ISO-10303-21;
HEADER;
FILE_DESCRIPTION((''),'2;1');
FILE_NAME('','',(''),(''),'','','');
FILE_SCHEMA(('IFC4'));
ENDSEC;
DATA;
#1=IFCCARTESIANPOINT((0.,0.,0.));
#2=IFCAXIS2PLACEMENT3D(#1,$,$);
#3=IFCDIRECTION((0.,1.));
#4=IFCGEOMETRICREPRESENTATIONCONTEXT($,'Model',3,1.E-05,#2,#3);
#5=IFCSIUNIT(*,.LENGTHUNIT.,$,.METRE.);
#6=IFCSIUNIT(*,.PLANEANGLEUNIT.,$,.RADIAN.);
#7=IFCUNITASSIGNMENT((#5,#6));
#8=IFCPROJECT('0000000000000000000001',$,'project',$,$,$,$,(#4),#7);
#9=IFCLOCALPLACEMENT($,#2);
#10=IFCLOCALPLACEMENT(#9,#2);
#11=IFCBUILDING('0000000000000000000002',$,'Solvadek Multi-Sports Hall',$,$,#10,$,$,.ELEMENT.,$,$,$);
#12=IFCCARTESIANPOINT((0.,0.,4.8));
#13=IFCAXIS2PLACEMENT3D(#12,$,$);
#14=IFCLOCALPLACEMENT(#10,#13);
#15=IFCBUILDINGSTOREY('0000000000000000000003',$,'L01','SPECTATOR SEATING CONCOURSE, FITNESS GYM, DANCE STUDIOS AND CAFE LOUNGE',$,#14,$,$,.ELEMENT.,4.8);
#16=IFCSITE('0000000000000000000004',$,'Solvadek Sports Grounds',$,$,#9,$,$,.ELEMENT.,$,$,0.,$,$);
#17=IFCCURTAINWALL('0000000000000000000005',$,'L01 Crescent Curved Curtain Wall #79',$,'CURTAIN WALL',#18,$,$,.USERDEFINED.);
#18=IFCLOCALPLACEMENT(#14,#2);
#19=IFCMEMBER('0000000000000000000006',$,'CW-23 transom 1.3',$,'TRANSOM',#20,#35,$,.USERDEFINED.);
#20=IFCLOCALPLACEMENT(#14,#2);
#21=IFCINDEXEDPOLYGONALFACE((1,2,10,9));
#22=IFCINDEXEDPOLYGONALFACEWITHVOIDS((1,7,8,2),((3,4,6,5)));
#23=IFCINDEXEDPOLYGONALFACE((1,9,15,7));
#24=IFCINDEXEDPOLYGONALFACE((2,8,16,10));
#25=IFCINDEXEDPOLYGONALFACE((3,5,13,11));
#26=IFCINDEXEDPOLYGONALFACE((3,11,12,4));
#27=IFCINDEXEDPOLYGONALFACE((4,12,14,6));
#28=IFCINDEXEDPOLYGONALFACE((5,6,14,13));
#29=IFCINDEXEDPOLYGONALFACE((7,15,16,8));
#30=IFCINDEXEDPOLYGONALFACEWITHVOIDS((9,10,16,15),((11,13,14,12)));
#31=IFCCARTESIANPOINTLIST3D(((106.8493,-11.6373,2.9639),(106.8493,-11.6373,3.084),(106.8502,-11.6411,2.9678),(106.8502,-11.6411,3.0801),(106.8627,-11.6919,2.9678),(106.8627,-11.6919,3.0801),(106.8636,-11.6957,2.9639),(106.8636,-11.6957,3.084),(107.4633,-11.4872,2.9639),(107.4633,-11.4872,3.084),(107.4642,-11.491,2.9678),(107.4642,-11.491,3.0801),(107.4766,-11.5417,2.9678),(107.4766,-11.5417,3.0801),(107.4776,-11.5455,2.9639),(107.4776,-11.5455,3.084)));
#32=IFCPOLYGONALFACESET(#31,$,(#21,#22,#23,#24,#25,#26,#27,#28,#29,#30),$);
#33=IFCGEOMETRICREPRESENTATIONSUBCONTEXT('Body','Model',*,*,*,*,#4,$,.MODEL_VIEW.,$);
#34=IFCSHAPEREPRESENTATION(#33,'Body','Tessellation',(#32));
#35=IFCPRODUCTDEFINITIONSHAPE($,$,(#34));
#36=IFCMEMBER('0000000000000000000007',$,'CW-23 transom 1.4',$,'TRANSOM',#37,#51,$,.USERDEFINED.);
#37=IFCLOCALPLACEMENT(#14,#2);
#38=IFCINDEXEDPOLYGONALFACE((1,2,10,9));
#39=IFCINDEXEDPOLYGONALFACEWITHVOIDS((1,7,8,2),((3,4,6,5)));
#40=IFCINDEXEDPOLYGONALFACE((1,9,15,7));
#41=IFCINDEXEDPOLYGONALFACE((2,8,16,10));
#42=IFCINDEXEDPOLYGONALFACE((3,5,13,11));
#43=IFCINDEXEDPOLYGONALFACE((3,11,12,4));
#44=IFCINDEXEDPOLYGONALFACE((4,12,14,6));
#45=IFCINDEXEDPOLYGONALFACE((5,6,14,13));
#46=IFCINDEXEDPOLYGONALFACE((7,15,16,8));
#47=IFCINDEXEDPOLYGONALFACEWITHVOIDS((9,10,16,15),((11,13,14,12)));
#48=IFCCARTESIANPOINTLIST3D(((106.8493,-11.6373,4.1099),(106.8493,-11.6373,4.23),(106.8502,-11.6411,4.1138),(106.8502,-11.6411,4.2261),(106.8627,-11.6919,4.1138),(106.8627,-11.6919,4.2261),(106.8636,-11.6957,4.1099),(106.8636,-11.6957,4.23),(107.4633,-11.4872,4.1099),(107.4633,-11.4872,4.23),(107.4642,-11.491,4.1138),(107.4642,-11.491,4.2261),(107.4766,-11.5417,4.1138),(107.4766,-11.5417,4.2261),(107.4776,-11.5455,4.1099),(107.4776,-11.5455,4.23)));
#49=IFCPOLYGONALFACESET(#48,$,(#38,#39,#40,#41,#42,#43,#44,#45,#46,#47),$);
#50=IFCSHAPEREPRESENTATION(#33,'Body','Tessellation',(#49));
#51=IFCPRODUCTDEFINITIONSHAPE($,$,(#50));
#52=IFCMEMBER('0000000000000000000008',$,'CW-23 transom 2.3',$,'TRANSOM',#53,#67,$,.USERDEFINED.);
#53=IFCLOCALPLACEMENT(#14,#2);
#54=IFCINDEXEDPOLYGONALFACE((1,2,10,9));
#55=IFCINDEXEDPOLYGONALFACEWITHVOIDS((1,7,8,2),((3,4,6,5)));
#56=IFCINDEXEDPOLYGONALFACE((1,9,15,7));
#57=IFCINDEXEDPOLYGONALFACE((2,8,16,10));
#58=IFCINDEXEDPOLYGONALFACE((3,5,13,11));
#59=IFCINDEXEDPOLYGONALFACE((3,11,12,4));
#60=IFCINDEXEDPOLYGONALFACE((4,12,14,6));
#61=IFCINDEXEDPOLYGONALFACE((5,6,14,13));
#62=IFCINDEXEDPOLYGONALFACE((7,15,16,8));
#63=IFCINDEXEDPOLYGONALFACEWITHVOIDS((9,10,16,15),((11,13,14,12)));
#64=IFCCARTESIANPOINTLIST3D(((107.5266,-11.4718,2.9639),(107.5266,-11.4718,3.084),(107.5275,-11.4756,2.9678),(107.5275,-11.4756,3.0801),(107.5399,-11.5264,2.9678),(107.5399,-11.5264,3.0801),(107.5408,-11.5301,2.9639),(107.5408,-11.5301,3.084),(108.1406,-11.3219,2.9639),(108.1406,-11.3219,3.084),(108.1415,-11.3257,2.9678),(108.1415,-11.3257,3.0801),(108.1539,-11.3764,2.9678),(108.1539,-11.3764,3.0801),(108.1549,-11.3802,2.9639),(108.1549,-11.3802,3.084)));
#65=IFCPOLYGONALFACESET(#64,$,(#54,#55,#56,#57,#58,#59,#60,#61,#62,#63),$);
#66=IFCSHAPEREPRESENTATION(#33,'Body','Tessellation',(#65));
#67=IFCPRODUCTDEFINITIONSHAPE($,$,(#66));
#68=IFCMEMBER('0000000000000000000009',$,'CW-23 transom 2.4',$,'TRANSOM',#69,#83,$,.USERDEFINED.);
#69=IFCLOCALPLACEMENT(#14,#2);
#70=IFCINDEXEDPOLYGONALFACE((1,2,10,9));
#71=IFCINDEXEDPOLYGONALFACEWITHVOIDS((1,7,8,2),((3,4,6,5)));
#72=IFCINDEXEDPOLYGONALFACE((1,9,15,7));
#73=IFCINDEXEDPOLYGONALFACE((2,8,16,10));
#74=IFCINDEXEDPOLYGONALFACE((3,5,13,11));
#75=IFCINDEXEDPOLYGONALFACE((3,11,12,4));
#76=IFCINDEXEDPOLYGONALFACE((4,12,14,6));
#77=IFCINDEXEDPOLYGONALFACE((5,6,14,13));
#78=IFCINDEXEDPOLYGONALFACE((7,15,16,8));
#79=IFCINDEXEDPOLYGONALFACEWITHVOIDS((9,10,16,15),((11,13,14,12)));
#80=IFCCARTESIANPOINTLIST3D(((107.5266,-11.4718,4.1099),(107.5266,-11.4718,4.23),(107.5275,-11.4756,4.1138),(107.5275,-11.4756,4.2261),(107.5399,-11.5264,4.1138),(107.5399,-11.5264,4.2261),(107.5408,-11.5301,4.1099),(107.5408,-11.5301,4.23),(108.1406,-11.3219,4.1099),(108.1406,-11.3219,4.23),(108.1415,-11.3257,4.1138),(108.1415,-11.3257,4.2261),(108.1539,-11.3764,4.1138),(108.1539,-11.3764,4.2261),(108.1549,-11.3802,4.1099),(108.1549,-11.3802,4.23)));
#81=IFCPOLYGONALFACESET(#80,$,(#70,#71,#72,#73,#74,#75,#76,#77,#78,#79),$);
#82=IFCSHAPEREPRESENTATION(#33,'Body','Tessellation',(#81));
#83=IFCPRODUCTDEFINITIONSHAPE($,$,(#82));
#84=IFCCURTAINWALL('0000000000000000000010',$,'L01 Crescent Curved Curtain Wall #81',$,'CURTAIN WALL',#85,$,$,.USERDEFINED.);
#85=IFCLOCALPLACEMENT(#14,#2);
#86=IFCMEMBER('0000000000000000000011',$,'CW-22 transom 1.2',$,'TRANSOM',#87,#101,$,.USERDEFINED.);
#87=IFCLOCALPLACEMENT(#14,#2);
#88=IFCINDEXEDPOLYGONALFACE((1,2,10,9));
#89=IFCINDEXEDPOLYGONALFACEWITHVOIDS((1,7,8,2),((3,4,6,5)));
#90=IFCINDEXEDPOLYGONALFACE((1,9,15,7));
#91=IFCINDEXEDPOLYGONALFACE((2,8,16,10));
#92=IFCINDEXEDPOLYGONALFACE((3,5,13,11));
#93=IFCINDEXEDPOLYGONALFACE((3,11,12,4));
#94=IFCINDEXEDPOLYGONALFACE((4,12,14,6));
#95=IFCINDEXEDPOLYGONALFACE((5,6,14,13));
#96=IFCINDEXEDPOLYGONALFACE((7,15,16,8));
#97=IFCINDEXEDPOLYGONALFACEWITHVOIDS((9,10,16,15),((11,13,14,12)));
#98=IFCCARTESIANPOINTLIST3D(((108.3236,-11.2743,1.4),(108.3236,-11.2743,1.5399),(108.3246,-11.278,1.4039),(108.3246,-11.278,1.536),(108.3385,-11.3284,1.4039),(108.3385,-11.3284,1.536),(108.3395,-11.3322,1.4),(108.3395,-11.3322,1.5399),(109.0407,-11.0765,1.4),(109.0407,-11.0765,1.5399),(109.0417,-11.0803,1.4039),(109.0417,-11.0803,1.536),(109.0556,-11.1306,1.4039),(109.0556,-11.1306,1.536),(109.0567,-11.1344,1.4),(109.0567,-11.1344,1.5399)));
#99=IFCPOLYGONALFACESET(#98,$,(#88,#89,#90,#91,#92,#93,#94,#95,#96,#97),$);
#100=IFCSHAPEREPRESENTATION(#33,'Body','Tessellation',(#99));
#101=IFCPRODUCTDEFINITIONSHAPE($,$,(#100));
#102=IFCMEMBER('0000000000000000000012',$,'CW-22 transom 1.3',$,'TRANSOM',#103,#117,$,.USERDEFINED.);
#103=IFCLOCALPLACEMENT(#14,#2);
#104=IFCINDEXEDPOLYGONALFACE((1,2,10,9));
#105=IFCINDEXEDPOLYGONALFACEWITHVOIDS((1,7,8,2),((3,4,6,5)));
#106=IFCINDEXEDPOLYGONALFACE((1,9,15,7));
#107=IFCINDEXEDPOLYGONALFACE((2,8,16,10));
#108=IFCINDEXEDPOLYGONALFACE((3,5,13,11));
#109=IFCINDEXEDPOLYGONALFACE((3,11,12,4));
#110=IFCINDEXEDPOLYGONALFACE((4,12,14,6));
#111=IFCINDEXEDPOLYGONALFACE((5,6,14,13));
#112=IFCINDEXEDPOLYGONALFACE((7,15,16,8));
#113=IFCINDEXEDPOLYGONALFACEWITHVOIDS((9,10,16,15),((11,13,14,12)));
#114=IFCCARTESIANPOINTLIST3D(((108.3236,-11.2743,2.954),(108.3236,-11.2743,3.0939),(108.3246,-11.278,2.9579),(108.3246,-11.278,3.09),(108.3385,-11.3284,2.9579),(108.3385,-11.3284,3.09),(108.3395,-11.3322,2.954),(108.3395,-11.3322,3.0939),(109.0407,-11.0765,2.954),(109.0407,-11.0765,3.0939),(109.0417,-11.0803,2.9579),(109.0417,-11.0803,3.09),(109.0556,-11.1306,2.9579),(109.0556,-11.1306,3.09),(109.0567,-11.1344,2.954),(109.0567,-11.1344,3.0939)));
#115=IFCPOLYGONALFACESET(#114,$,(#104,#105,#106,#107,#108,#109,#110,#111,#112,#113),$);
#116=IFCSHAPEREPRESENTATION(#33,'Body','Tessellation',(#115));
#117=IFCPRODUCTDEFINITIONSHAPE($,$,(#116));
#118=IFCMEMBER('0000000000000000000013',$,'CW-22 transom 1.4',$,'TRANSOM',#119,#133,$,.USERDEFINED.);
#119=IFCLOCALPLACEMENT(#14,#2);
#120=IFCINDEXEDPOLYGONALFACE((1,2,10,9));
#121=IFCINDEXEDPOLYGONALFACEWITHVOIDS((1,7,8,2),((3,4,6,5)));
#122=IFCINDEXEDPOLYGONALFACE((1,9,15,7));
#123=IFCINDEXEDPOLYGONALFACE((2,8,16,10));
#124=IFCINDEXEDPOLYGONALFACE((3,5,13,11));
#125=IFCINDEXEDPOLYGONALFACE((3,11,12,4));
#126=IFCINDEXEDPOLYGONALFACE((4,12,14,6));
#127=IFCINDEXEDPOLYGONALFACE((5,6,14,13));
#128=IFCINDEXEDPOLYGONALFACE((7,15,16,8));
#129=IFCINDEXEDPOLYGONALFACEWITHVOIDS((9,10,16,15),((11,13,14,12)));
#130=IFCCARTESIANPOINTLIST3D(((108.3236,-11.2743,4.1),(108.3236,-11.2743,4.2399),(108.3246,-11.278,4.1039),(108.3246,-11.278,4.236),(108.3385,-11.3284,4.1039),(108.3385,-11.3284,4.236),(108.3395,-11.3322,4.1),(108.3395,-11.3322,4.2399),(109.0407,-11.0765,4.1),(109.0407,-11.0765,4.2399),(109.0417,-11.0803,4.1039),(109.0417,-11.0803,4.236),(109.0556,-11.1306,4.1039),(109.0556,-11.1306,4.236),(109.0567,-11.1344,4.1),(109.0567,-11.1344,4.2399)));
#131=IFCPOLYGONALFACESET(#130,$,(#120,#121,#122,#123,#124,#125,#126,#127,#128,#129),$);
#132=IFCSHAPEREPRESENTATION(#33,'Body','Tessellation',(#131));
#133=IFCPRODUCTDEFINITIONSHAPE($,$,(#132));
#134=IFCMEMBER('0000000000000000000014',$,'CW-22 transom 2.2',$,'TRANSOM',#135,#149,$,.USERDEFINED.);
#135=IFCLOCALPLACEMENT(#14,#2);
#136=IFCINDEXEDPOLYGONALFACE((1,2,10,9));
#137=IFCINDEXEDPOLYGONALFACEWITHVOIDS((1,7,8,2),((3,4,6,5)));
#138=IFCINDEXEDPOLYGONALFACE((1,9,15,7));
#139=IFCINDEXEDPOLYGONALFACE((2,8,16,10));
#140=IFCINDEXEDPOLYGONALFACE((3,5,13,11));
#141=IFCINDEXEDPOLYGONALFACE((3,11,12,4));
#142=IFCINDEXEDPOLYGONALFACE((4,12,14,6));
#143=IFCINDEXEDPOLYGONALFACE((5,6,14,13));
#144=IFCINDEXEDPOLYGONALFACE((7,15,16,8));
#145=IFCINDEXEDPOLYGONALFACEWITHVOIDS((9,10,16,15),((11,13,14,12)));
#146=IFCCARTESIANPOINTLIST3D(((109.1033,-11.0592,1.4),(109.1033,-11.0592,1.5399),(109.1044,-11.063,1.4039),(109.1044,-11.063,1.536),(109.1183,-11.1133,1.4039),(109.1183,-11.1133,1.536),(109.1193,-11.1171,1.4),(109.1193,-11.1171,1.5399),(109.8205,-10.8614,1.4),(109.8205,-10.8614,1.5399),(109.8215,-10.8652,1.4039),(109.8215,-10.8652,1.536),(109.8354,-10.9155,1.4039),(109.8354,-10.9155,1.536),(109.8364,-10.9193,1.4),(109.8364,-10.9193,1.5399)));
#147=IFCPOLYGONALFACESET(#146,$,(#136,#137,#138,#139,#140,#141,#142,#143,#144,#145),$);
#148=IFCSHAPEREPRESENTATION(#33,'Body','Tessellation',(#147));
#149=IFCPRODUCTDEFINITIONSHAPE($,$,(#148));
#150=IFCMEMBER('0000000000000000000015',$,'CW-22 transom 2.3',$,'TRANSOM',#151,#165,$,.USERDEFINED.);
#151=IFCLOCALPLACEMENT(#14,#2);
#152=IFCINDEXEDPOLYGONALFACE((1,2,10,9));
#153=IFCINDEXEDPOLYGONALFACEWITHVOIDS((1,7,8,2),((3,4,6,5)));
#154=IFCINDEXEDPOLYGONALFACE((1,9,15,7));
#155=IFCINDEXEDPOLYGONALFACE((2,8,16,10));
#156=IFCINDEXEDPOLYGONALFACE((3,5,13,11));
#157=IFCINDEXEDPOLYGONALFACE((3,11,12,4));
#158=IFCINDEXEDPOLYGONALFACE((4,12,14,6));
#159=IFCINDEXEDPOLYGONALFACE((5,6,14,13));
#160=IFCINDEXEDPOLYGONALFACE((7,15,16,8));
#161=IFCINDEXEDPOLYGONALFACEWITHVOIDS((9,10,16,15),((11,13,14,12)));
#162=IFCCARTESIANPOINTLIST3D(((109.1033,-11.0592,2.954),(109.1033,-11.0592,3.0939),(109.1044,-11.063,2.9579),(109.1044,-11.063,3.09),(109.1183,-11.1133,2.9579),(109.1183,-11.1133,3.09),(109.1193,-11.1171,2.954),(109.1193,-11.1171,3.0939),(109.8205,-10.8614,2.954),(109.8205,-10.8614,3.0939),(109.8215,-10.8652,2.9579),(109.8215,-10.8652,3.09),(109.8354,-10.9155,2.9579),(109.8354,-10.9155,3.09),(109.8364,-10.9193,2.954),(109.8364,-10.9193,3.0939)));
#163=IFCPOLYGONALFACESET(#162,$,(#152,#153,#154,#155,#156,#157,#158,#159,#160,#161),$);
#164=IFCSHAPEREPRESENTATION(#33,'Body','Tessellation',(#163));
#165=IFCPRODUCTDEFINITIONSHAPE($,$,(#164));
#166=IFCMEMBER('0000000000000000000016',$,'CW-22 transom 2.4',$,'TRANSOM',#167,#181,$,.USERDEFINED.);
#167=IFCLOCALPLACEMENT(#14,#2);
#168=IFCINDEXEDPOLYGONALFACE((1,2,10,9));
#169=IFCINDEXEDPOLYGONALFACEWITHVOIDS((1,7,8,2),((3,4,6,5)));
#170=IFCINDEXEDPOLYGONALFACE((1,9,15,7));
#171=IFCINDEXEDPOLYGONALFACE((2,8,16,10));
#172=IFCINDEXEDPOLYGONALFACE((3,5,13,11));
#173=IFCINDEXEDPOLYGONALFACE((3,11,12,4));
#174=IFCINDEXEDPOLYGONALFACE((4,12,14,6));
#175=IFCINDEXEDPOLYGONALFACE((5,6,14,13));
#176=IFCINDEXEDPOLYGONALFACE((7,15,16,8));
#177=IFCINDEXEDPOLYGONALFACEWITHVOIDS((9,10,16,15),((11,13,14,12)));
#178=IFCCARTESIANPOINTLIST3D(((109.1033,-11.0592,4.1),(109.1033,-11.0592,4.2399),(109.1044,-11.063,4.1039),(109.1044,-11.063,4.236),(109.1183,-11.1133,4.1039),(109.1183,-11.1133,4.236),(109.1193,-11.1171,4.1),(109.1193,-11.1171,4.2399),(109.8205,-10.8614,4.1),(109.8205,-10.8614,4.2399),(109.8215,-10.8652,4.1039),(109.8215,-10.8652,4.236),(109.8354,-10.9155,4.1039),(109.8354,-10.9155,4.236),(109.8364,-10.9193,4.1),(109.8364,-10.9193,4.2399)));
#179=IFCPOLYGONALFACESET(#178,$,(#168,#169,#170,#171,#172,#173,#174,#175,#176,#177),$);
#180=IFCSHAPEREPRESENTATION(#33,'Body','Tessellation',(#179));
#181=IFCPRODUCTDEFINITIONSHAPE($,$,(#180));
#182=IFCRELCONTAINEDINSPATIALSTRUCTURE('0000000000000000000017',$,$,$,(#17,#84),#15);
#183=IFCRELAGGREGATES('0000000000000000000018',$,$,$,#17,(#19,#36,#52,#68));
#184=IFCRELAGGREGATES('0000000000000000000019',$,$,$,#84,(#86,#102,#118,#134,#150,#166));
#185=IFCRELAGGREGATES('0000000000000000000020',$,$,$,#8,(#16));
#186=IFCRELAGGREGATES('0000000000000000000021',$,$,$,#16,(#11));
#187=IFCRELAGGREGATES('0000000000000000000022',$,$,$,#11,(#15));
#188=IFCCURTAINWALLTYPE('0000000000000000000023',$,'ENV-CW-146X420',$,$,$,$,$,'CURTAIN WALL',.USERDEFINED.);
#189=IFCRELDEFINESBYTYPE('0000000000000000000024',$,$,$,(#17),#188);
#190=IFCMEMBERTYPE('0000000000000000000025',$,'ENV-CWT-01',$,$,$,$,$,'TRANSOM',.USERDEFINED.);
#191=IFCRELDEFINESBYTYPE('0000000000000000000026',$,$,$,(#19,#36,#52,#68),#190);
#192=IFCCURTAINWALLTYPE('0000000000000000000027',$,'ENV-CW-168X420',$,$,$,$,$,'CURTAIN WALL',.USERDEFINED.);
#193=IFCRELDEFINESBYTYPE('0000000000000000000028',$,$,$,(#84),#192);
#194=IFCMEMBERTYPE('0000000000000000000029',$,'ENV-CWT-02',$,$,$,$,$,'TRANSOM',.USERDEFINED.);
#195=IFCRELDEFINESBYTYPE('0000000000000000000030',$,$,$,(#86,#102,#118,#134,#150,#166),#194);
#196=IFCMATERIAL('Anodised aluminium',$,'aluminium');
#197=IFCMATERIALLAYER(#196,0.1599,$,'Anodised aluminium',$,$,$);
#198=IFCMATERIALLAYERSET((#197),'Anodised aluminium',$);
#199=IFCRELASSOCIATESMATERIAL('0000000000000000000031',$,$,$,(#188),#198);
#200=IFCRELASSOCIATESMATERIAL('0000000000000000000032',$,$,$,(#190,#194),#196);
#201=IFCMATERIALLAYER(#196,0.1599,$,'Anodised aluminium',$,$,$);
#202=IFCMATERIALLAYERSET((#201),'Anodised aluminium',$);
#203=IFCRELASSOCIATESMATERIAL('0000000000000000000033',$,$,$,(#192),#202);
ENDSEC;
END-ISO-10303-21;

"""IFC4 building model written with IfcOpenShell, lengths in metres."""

from ifc_helpers import new_model, si_unit, direction, frame, origin, origin_2d, place, context, subcontext, project, spatial, hollow_rectangle, extrude, material, layer, layer_set, material_profile, profile_set, type_object, element, aggregate, save


model = new_model("IFC4")

# Units and contexts
model_context = context("Model", 3, precision=1e-05, world=origin(), true_north=direction((0.0, 1.0)))
body_context = subcontext(model_context, "Body", "Model", "MODEL_VIEW")
ifc_project = project(units=[si_unit("LENGTHUNIT", "METRE"), si_unit("PLANEANGLEUNIT", "RADIAN")], contexts=[model_context])

# Site, building, storey
site_placement = place(None, origin())
site = spatial("IfcSite", under=ifc_project, at=site_placement, Name="Solvadek Sports Grounds", CompositionType="ELEMENT", RefElevation=0.0)
building_placement = place(site_placement, origin())
building = spatial("IfcBuilding", under=site, at=building_placement, Name="Solvadek Multi-Sports Hall", CompositionType="ELEMENT")
storey_placement = place(building_placement, frame((0.0, 0.0, 4.8)))
storey = spatial("IfcBuildingStorey", under=building, at=storey_placement, Name="L01", Description="SPECTATOR SEATING CONCOURSE, FITNESS GYM, DANCE STUDIOS AND CAFE LOUNGE", CompositionType="ELEMENT", Elevation=4.8)

# Curtain walls, members
ifc_material_1 = material(Name="Anodised aluminium", Category="aluminium")
ifc_layer_1 = layer(ifc_material_1, 0.1599, Name="Anodised aluminium")
ifc_layer_set_1 = layer_set([ifc_layer_1], Name="Anodised aluminium")
curtain_wall_type_1 = type_object("IfcCurtainWallType", Name="ENV-CW-146X420", ElementType="CURTAIN WALL", PredefinedType="USERDEFINED", material=ifc_layer_set_1)
curtain_wall_1_placement = place(storey_placement, origin())
curtain_wall_1 = element("IfcCurtainWall", 1, at=curtain_wall_1_placement, inside=storey, type_object=curtain_wall_type_1, Name="L01 Crescent Curved Curtain Wall #79", ObjectType="CURTAIN WALL", PredefinedType="USERDEFINED")
ifc_material_profile_1 = material_profile(ifc_material_1, hollow_rectangle(XDim=0.0601, YDim=0.1201, WallThickness=0.0039, at=origin_2d()), Name="ALU-T 120x60x4")
ifc_profile_set_1 = profile_set([ifc_material_profile_1], Name="Anodised aluminium")
member_type_1 = type_object("IfcMemberType", Name="ENV-CWT-01", ElementType="TRANSOM", PredefinedType="USERDEFINED", material=ifc_profile_set_1)
member_1_placement = place(storey_placement, frame((106.8564, -11.6665, 3.0239), z_axis=(0.971379, 0.237534, 0.0), x_axis=(-0.237534, 0.971379, 0.0)))
member_1 = element("IfcMember", 2, at=member_1_placement, type_object=member_type_1, Name="CW-23 transom 1.3", ObjectType="TRANSOM", PredefinedType="USERDEFINED", context=body_context, shape_type="SweptSolid", body=[
    extrude(hollow_rectangle(XDim=0.0601, YDim=0.1201, WallThickness=0.0039, at=origin_2d()), origin(), (0.0, 0.0, 1.0), 0.6321),
])
member_2_placement = place(storey_placement, frame((106.8564, -11.6665, 4.1699), z_axis=(0.971379, 0.237534, 0.0), x_axis=(-0.237534, 0.971379, 0.0)))
member_2 = element("IfcMember", 3, at=member_2_placement, type_object=member_type_1, Name="CW-23 transom 1.4", ObjectType="TRANSOM", PredefinedType="USERDEFINED", context=body_context, shape_type="SweptSolid", body=[
    extrude(hollow_rectangle(XDim=0.0601, YDim=0.1201, WallThickness=0.0039, at=origin_2d()), origin(), (0.0, 0.0, 1.0), 0.6321),
])
member_3_placement = place(storey_placement, frame((107.5337, -11.501, 3.0239), z_axis=(0.971468, 0.23717, 0.0), x_axis=(-0.23717, 0.971468, 0.0)))
member_3 = element("IfcMember", 4, at=member_3_placement, type_object=member_type_1, Name="CW-23 transom 2.3", ObjectType="TRANSOM", PredefinedType="USERDEFINED", context=body_context, shape_type="SweptSolid", body=[
    extrude(hollow_rectangle(XDim=0.0601, YDim=0.1201, WallThickness=0.0039, at=origin_2d()), origin(), (0.0, 0.0, 1.0), 0.6321),
])
member_4_placement = place(storey_placement, frame((107.5337, -11.501, 4.1699), z_axis=(0.971468, 0.23717, 0.0), x_axis=(-0.23717, 0.971468, 0.0)))
member_4 = element("IfcMember", 5, at=member_4_placement, type_object=member_type_1, Name="CW-23 transom 2.4", ObjectType="TRANSOM", PredefinedType="USERDEFINED", context=body_context, shape_type="SweptSolid", body=[
    extrude(hollow_rectangle(XDim=0.0601, YDim=0.1201, WallThickness=0.0039, at=origin_2d()), origin(), (0.0, 0.0, 1.0), 0.6321),
])
ifc_layer_2 = layer(ifc_material_1, 0.1599, Name="Anodised aluminium")
ifc_layer_set_2 = layer_set([ifc_layer_2], Name="Anodised aluminium")
curtain_wall_type_2 = type_object("IfcCurtainWallType", Name="ENV-CW-168X420", ElementType="CURTAIN WALL", PredefinedType="USERDEFINED", material=ifc_layer_set_2)
curtain_wall_2_placement = place(storey_placement, origin())
curtain_wall_2 = element("IfcCurtainWall", 6, at=curtain_wall_2_placement, inside=storey, type_object=curtain_wall_type_2, Name="L01 Crescent Curved Curtain Wall #81", ObjectType="CURTAIN WALL", PredefinedType="USERDEFINED")
ifc_material_profile_2 = material_profile(ifc_material_1, hollow_rectangle(XDim=0.0601, YDim=0.1399, WallThickness=0.0039, at=origin_2d()), Name="ALU-T 140x60x4")
ifc_profile_set_2 = profile_set([ifc_material_profile_2], Name="Anodised aluminium")
member_type_2 = type_object("IfcMemberType", Name="ENV-CWT-02", ElementType="TRANSOM", PredefinedType="USERDEFINED", material=ifc_profile_set_2)
member_5_placement = place(storey_placement, frame((108.3315, -11.3032, 1.47), z_axis=(0.96401, 0.265866, 0.0), x_axis=(-0.265866, 0.96401, 0.0)))
member_5 = element("IfcMember", 7, at=member_5_placement, type_object=member_type_2, Name="CW-22 transom 1.2", ObjectType="TRANSOM", PredefinedType="USERDEFINED", context=body_context, shape_type="SweptSolid", body=[
    extrude(hollow_rectangle(XDim=0.0601, YDim=0.1399, WallThickness=0.0039, at=origin_2d()), origin(), (0.0, 0.0, 1.0), 0.7439),
])
member_6_placement = place(storey_placement, frame((108.3315, -11.3032, 3.0239), z_axis=(0.96401, 0.265866, 0.0), x_axis=(-0.265866, 0.96401, 0.0)))
member_6 = element("IfcMember", 8, at=member_6_placement, type_object=member_type_2, Name="CW-22 transom 1.3", ObjectType="TRANSOM", PredefinedType="USERDEFINED", context=body_context, shape_type="SweptSolid", body=[
    extrude(hollow_rectangle(XDim=0.0601, YDim=0.1399, WallThickness=0.0039, at=origin_2d()), origin(), (0.0, 0.0, 1.0), 0.7439),
])
member_7_placement = place(storey_placement, frame((108.3315, -11.3032, 4.1699), z_axis=(0.96401, 0.265866, 0.0), x_axis=(-0.265866, 0.96401, 0.0)))
member_7 = element("IfcMember", 9, at=member_7_placement, type_object=member_type_2, Name="CW-22 transom 1.4", ObjectType="TRANSOM", PredefinedType="USERDEFINED", context=body_context, shape_type="SweptSolid", body=[
    extrude(hollow_rectangle(XDim=0.0601, YDim=0.1399, WallThickness=0.0039, at=origin_2d()), origin(), (0.0, 0.0, 1.0), 0.7439),
])
member_8_placement = place(storey_placement, frame((109.1113, -11.0881, 1.47), z_axis=(0.96401, 0.265866, 0.0), x_axis=(-0.265866, 0.96401, 0.0)))
member_8 = element("IfcMember", 10, at=member_8_placement, type_object=member_type_2, Name="CW-22 transom 2.2", ObjectType="TRANSOM", PredefinedType="USERDEFINED", context=body_context, shape_type="SweptSolid", body=[
    extrude(hollow_rectangle(XDim=0.0601, YDim=0.1399, WallThickness=0.0039, at=origin_2d()), origin(), (0.0, 0.0, 1.0), 0.7439),
])
member_9_placement = place(storey_placement, frame((109.1113, -11.0881, 3.0239), z_axis=(0.96401, 0.265866, 0.0), x_axis=(-0.265866, 0.96401, 0.0)))
member_9 = element("IfcMember", 11, at=member_9_placement, type_object=member_type_2, Name="CW-22 transom 2.3", ObjectType="TRANSOM", PredefinedType="USERDEFINED", context=body_context, shape_type="SweptSolid", body=[
    extrude(hollow_rectangle(XDim=0.0601, YDim=0.1399, WallThickness=0.0039, at=origin_2d()), origin(), (0.0, 0.0, 1.0), 0.7439),
])
member_10_placement = place(storey_placement, frame((109.1113, -11.0881, 4.1699), z_axis=(0.96401, 0.265866, 0.0), x_axis=(-0.265866, 0.96401, 0.0)))
member_10 = element("IfcMember", 12, at=member_10_placement, type_object=member_type_2, Name="CW-22 transom 2.4", ObjectType="TRANSOM", PredefinedType="USERDEFINED", context=body_context, shape_type="SweptSolid", body=[
    extrude(hollow_rectangle(XDim=0.0601, YDim=0.1399, WallThickness=0.0039, at=origin_2d()), origin(), (0.0, 0.0, 1.0), 0.7439),
])

aggregate(curtain_wall_1, [member_1, member_2, member_3, member_4])
aggregate(curtain_wall_2, [member_5, member_6, member_7, member_8, member_9, member_10])

save(model, "model.ifc")
